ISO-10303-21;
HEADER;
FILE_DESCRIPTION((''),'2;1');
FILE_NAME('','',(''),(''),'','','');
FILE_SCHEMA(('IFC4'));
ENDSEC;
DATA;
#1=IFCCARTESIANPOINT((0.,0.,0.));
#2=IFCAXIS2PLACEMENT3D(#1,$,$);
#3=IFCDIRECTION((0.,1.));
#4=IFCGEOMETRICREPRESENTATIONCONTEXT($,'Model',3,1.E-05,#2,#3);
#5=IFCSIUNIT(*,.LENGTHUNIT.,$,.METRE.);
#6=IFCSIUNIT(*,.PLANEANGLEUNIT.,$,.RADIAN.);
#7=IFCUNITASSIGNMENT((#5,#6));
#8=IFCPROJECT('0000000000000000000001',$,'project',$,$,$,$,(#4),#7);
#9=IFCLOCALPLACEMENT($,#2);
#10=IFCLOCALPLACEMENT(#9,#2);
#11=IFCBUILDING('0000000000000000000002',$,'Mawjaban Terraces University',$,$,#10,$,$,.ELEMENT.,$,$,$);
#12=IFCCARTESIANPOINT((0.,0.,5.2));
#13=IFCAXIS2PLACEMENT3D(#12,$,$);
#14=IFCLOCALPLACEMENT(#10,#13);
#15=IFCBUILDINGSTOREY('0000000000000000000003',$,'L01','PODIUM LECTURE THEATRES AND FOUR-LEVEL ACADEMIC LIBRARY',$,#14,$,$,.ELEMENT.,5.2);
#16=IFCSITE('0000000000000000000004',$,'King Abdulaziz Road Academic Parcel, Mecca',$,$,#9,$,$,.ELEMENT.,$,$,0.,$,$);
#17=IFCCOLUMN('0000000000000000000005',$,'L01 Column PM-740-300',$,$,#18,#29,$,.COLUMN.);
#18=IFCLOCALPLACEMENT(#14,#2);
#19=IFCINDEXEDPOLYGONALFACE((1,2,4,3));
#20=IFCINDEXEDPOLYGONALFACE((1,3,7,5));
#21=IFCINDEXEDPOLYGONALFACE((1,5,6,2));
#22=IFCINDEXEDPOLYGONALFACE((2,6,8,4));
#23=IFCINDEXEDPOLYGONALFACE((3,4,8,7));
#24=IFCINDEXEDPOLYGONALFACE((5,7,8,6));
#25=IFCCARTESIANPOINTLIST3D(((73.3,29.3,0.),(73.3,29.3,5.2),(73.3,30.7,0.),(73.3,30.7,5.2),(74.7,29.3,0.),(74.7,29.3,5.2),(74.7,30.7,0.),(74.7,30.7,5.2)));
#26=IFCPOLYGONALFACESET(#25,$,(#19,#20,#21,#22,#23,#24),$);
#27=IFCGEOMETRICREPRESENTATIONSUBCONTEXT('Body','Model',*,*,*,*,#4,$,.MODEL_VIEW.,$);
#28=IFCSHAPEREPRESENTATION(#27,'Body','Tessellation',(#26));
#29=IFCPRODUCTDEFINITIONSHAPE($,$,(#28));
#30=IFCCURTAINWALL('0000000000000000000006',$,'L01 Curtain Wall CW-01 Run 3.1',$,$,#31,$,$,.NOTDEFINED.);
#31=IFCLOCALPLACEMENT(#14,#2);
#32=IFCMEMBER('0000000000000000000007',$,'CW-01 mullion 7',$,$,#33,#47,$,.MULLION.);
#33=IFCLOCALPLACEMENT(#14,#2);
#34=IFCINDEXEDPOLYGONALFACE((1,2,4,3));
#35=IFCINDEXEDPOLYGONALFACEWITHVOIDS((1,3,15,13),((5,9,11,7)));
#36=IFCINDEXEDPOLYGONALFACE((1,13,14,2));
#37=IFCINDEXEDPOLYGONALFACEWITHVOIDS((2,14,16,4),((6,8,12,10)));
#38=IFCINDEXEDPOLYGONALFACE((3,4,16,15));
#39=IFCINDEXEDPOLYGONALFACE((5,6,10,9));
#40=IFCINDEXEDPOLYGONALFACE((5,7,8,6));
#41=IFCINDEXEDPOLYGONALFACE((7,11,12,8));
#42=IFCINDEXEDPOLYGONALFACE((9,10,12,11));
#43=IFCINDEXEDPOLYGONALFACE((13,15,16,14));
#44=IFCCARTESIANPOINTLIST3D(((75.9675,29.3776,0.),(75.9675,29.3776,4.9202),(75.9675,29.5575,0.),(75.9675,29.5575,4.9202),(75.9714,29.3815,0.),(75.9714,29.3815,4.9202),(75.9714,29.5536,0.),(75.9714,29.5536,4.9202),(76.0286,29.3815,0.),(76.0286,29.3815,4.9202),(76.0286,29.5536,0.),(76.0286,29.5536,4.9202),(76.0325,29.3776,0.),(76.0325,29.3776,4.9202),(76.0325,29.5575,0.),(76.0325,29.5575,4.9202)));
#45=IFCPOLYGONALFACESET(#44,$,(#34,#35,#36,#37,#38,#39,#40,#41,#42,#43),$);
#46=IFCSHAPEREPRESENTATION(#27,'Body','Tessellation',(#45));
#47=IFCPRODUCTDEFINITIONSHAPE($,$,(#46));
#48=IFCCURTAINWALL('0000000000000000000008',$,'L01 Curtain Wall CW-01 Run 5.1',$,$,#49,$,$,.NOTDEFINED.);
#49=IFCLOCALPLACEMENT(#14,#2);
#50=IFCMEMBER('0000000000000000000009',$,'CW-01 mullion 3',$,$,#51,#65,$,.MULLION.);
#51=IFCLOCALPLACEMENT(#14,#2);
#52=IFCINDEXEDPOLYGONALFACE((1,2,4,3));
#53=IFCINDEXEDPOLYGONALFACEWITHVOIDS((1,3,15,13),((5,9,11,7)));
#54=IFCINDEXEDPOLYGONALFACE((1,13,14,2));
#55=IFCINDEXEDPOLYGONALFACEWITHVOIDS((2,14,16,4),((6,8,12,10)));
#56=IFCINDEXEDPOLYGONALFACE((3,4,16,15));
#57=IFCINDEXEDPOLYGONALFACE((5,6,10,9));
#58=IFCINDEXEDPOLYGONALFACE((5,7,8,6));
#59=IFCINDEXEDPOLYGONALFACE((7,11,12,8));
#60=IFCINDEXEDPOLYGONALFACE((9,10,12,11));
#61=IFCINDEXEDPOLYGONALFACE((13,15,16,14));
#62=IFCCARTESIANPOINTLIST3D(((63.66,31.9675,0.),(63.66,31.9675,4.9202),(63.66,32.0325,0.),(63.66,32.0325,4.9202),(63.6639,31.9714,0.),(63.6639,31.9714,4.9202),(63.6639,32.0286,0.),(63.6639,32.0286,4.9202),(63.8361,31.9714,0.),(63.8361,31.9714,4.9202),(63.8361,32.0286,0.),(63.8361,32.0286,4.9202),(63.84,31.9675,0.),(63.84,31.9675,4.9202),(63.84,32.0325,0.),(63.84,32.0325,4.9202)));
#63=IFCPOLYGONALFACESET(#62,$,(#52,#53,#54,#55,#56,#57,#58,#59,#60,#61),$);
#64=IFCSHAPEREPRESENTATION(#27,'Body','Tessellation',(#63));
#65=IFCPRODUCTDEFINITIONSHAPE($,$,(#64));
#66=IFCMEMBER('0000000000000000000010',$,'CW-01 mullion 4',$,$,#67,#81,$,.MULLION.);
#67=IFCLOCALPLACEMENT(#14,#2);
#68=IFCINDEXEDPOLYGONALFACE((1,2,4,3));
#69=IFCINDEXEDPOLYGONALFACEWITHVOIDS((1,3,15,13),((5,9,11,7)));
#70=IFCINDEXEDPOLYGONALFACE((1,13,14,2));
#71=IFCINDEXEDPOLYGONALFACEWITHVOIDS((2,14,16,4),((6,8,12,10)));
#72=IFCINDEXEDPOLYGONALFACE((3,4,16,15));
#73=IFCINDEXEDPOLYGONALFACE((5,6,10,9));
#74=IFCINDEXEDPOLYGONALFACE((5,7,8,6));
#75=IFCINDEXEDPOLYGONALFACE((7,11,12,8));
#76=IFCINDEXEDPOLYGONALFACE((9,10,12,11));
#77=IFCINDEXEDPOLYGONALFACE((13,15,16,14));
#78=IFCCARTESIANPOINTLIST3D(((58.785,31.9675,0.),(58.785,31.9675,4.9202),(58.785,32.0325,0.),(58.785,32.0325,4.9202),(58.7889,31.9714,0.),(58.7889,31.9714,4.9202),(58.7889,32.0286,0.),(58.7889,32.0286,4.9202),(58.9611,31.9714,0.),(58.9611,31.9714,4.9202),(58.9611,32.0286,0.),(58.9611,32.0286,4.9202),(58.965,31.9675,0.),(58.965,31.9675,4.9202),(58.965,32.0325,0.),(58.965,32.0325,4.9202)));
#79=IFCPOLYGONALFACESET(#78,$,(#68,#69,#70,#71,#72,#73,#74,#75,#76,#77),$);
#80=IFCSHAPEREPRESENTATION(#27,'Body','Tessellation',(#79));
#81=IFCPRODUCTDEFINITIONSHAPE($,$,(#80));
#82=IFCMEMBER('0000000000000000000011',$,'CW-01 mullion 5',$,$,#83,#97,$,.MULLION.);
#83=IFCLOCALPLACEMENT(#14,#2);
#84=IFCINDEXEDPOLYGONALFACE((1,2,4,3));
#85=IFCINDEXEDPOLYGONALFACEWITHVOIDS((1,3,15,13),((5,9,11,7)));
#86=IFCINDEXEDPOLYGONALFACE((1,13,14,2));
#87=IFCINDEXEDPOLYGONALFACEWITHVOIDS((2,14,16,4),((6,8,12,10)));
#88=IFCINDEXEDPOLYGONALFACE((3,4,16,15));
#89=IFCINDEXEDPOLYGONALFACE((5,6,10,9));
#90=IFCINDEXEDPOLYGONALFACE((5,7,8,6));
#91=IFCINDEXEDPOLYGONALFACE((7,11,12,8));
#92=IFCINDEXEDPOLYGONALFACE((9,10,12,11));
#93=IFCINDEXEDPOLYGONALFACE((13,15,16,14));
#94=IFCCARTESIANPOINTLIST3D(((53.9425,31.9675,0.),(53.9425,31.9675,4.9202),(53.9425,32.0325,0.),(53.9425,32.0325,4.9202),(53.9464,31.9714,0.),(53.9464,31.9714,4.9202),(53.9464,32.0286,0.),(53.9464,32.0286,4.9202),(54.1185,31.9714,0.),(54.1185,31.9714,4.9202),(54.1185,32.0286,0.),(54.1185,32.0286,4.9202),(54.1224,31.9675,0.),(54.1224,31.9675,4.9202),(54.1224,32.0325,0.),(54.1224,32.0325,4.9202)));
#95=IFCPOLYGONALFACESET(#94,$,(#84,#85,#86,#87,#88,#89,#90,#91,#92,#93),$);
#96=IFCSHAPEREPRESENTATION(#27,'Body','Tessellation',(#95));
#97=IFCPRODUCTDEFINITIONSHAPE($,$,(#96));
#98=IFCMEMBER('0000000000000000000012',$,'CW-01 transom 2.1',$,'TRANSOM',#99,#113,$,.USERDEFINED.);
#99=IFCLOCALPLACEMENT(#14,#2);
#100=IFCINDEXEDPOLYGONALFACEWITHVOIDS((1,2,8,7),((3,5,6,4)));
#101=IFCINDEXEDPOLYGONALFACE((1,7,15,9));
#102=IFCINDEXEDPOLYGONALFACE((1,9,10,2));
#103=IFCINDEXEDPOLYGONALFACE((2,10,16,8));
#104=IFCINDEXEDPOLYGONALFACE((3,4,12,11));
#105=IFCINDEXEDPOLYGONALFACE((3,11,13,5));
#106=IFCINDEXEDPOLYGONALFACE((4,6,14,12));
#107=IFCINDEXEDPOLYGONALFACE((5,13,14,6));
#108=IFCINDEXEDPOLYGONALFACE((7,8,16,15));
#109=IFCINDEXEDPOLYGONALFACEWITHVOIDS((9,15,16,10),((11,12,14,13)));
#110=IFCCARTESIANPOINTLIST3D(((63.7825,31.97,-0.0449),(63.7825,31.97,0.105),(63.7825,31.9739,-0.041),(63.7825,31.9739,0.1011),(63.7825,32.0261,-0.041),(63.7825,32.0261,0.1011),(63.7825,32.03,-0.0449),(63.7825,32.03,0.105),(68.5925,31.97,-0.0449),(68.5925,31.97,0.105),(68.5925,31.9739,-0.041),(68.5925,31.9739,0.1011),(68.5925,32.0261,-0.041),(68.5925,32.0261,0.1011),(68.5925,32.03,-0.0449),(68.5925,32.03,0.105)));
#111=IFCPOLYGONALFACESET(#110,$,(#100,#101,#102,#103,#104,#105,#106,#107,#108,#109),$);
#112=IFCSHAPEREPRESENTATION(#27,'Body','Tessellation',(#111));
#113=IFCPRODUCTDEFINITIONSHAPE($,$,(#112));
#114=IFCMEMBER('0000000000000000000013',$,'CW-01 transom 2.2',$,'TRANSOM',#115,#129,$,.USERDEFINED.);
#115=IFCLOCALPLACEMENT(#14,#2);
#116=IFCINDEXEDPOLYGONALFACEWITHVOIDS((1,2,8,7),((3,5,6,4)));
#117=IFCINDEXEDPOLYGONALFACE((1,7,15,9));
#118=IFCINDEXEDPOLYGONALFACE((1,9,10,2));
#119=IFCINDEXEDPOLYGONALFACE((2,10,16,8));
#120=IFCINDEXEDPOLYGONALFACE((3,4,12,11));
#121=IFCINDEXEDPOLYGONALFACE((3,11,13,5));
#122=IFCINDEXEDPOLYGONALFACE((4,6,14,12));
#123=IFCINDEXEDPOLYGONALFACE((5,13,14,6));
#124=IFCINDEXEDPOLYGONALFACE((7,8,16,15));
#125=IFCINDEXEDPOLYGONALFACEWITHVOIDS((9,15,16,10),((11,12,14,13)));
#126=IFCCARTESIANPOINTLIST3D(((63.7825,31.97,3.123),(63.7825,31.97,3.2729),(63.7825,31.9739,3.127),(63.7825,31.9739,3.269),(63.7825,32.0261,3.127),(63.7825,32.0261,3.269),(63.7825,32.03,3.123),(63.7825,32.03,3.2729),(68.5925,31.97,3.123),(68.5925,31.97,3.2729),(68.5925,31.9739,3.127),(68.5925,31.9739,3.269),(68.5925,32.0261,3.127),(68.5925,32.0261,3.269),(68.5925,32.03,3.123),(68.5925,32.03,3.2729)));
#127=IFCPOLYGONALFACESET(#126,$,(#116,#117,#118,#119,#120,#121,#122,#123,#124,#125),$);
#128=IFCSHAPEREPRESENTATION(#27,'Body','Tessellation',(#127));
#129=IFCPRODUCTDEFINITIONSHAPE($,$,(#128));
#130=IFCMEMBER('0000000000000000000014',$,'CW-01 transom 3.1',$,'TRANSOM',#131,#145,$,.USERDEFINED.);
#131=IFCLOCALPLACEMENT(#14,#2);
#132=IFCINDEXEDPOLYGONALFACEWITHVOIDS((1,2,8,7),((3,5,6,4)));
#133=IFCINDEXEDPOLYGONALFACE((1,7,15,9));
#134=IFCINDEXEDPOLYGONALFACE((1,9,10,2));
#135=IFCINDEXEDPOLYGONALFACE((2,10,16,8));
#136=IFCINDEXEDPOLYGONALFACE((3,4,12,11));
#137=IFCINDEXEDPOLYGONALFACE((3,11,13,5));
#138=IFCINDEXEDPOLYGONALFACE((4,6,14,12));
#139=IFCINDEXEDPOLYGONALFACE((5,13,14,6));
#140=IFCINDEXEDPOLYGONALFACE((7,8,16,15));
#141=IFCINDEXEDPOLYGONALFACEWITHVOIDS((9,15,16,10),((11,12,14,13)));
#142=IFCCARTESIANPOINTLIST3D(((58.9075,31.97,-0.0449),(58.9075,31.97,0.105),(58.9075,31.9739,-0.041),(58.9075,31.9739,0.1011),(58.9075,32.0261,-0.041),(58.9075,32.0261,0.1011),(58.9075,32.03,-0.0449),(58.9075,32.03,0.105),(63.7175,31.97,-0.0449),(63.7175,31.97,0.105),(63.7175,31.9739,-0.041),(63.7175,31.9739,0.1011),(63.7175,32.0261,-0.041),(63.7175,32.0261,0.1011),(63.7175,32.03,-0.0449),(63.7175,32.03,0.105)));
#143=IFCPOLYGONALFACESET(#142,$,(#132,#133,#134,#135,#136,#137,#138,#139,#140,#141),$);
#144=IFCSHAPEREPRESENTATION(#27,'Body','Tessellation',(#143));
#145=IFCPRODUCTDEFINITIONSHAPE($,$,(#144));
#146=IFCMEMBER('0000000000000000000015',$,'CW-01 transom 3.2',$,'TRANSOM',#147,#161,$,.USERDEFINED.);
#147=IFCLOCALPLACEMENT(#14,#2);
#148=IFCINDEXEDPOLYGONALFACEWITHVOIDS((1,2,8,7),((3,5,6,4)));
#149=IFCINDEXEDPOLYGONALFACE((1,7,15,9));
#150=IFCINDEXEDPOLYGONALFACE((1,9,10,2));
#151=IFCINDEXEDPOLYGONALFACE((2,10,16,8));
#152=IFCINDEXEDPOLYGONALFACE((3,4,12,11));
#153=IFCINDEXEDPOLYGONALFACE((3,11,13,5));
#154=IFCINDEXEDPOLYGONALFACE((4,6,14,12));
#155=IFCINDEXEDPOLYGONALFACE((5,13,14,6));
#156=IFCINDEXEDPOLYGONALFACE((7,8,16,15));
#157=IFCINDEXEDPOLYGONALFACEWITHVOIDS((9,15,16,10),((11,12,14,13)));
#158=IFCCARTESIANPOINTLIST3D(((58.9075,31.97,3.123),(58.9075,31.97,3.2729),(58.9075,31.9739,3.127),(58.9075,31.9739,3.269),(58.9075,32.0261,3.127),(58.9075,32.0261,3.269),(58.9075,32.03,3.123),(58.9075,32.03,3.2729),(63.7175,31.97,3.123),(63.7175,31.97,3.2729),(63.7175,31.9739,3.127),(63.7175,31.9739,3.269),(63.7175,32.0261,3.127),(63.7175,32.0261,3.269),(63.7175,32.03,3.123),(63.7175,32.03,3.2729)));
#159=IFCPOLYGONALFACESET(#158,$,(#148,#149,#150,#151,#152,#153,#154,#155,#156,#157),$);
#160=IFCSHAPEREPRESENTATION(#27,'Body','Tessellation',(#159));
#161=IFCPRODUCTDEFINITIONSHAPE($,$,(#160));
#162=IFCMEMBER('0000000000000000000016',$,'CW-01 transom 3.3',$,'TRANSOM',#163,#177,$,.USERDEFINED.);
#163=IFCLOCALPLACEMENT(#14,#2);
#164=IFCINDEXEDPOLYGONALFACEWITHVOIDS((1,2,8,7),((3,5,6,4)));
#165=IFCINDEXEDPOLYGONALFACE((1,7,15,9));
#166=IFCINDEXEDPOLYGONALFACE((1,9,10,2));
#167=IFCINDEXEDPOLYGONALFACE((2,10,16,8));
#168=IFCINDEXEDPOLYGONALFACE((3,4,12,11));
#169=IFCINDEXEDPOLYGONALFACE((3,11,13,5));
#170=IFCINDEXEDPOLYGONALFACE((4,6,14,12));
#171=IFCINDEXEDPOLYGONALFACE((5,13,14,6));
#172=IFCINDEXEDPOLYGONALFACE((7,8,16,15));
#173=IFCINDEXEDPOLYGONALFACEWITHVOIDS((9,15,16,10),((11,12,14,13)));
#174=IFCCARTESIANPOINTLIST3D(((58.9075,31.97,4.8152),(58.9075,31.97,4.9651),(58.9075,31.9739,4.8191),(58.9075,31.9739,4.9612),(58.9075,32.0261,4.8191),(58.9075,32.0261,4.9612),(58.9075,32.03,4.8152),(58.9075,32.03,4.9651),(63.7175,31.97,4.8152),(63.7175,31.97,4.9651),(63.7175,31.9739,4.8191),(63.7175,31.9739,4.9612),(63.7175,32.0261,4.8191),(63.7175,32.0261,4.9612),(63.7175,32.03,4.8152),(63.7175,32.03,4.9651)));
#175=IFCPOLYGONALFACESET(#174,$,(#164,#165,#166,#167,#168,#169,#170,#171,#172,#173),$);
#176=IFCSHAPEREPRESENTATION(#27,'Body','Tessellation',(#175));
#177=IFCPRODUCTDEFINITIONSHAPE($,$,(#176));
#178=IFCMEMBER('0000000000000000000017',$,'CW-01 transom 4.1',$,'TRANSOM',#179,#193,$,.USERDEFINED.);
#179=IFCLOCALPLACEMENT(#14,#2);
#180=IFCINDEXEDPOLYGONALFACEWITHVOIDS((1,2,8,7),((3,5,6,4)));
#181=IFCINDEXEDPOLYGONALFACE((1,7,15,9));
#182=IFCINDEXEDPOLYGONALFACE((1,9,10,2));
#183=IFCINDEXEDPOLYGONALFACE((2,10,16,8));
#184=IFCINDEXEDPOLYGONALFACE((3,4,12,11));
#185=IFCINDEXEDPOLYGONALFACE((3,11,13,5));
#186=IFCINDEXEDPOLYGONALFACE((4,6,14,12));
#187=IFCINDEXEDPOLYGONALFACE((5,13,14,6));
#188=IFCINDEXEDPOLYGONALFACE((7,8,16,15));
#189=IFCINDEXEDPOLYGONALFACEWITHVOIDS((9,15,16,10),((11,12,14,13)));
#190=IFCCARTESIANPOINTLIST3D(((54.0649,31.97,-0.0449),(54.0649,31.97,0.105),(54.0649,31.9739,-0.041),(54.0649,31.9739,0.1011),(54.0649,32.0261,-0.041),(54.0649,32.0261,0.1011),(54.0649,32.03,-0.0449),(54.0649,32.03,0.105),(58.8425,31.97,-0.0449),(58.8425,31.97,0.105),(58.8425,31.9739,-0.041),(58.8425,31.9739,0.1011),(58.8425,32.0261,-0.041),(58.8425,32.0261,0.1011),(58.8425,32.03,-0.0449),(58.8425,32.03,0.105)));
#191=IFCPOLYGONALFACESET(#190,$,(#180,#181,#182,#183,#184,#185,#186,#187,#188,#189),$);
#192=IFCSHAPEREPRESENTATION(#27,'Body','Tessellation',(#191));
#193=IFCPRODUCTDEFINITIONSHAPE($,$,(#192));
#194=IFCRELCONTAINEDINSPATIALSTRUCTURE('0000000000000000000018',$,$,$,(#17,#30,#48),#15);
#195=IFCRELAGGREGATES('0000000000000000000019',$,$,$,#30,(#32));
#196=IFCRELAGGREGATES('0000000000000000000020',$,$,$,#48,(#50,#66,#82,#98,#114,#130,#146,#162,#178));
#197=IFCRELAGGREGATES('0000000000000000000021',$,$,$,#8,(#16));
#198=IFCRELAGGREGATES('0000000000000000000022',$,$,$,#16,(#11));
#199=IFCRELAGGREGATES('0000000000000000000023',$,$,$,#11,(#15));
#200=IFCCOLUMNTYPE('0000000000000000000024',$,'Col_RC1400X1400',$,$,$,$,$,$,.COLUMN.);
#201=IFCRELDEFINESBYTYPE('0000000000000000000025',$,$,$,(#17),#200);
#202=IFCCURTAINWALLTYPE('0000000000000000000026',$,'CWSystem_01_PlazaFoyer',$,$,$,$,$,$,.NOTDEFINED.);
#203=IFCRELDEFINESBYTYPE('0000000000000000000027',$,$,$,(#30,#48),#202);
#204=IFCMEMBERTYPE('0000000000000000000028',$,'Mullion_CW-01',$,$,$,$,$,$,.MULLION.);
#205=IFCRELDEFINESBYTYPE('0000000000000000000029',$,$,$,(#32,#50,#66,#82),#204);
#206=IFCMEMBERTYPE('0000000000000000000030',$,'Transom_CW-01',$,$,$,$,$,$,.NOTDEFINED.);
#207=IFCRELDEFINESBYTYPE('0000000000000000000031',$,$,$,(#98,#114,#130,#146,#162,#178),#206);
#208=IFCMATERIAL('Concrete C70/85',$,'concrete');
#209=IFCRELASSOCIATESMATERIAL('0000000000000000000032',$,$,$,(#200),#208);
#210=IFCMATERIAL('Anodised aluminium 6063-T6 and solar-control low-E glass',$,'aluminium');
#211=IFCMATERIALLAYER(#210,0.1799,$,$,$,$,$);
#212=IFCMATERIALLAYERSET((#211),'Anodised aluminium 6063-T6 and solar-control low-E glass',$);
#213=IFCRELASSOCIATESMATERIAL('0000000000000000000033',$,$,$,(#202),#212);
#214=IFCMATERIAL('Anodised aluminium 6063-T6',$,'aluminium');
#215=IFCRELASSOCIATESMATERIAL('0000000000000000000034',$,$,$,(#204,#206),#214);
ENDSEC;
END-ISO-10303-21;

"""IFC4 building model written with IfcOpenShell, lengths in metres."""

from ifc_helpers import new_model, si_unit, direction, frame, origin, origin_2d, place, context, subcontext, project, spatial, rectangle, hollow_rectangle, extrude, material, layer, layer_set, material_profile, profile_set, type_object, element, aggregate, save


model = new_model("IFC4")

# Units and contexts
model_context = context("Model", 3, precision=1e-05, world=origin(), true_north=direction((0.0, 1.0)))
body_context = subcontext(model_context, "Body", "Model", "MODEL_VIEW")
ifc_project = project(units=[si_unit("LENGTHUNIT", "METRE"), si_unit("PLANEANGLEUNIT", "RADIAN")], contexts=[model_context])

# Site, building, storey
site_placement = place(None, origin())
site = spatial("IfcSite", under=ifc_project, at=site_placement, Name="King Abdulaziz Road Academic Parcel, Mecca", CompositionType="ELEMENT", RefElevation=0.0)
building_placement = place(site_placement, origin())
building = spatial("IfcBuilding", under=site, at=building_placement, Name="Mawjaban Terraces University", CompositionType="ELEMENT")
storey_placement = place(building_placement, frame((0.0, 0.0, 5.2)))
storey = spatial("IfcBuildingStorey", under=building, at=storey_placement, Name="L01", Description="PODIUM LECTURE THEATRES AND FOUR-LEVEL ACADEMIC LIBRARY", CompositionType="ELEMENT", Elevation=5.2)

# Column
ifc_material_1 = material(Name="Concrete C70/85", Category="concrete")
ifc_material_profile_1 = material_profile(ifc_material_1, rectangle(XDim=1.3999, YDim=1.3999, at=origin_2d()), Name="RC1400X1400")
ifc_profile_set_1 = profile_set([ifc_material_profile_1], Name="Concrete C70/85")
column_type = type_object("IfcColumnType", Name="Col_RC1400X1400", PredefinedType="COLUMN", material=ifc_profile_set_1)
column_placement = place(storey_placement, frame((74.0, 30.0, 0.0), z_axis=(0.0, 0.0, 1.0), x_axis=(1.0, 0.0, 0.0)))
element("IfcColumn", 1, at=column_placement, inside=storey, type_object=column_type, Name="L01 Column PM-740-300", PredefinedType="COLUMN", context=body_context, shape_type="SweptSolid", body=[
    extrude(rectangle(XDim=1.3999, YDim=1.3999, at=origin_2d()), origin(), (0.0, 0.0, 1.0), 5.2),
])

# Curtain wall, member
ifc_material_2 = material(Name="Anodised aluminium 6063-T6 and solar-control low-E glass", Category="aluminium")
ifc_layer_1 = layer(ifc_material_2, 0.1799)
ifc_layer_set_1 = layer_set([ifc_layer_1], Name="Anodised aluminium 6063-T6 and solar-control low-E glass")
curtain_wall_type = type_object("IfcCurtainWallType", Name="CWSystem_01_PlazaFoyer", PredefinedType="NOTDEFINED", material=ifc_layer_set_1)
curtain_wall_1_placement = place(storey_placement, origin())
curtain_wall_1 = element("IfcCurtainWall", 2, at=curtain_wall_1_placement, inside=storey, type_object=curtain_wall_type, Name="L01 Curtain Wall CW-01 Run 3.1", PredefinedType="NOTDEFINED")
ifc_material_3 = material(Name="Anodised aluminium 6063-T6", Category="aluminium")
ifc_material_profile_2 = material_profile(ifc_material_3, hollow_rectangle(XDim=0.0649, YDim=0.1799, WallThickness=0.0039, at=origin_2d()), Name="ALU180X65X4")
ifc_profile_set_2 = profile_set([ifc_material_profile_2], Name="Anodised aluminium 6063-T6")
member_type_1 = type_object("IfcMemberType", Name="Mullion_CW-01", PredefinedType="MULLION", material=ifc_profile_set_2)
member_1_placement = place(storey_placement, frame((76.0, 29.4675, 0.0), z_axis=(0.0, 0.0, 1.0), x_axis=(-1.0, 0.0, 0.0)))
member_1 = element("IfcMember", 3, at=member_1_placement, type_object=member_type_1, Name="CW-01 mullion 7", PredefinedType="MULLION", context=body_context, shape_type="SweptSolid", body=[
    extrude(hollow_rectangle(XDim=0.0649, YDim=0.1799, WallThickness=0.0039, at=origin_2d()), origin(), (0.0, 0.0, 1.0), 4.9202),
])
aggregate(curtain_wall_1, [member_1])

# Curtain wall, members
curtain_wall_2_placement = place(storey_placement, origin())
curtain_wall_2 = element("IfcCurtainWall", 4, at=curtain_wall_2_placement, inside=storey, type_object=curtain_wall_type, Name="L01 Curtain Wall CW-01 Run 5.1", PredefinedType="NOTDEFINED")
member_2_placement = place(storey_placement, frame((63.75, 32.0, 0.0), z_axis=(0.0, 0.0, 1.0), x_axis=(0.0, -1.0, 0.0)))
member_2 = element("IfcMember", 5, at=member_2_placement, type_object=member_type_1, Name="CW-01 mullion 3", PredefinedType="MULLION", context=body_context, shape_type="SweptSolid", body=[
    extrude(hollow_rectangle(XDim=0.0649, YDim=0.1799, WallThickness=0.0039, at=origin_2d()), origin(), (0.0, 0.0, 1.0), 4.9202),
])
member_3_placement = place(storey_placement, frame((58.875, 32.0, 0.0), z_axis=(0.0, 0.0, 1.0), x_axis=(0.0, -1.0, 0.0)))
member_3 = element("IfcMember", 6, at=member_3_placement, type_object=member_type_1, Name="CW-01 mullion 4", PredefinedType="MULLION", context=body_context, shape_type="SweptSolid", body=[
    extrude(hollow_rectangle(XDim=0.0649, YDim=0.1799, WallThickness=0.0039, at=origin_2d()), origin(), (0.0, 0.0, 1.0), 4.9202),
])
member_4_placement = place(storey_placement, frame((54.0325, 32.0, 0.0), z_axis=(0.0, 0.0, 1.0), x_axis=(0.0, -1.0, 0.0)))
member_4 = element("IfcMember", 7, at=member_4_placement, type_object=member_type_1, Name="CW-01 mullion 5", PredefinedType="MULLION", context=body_context, shape_type="SweptSolid", body=[
    extrude(hollow_rectangle(XDim=0.0649, YDim=0.1799, WallThickness=0.0039, at=origin_2d()), origin(), (0.0, 0.0, 1.0), 4.9202),
])
ifc_material_profile_3 = material_profile(ifc_material_3, hollow_rectangle(XDim=0.0601, YDim=0.1499, WallThickness=0.0039, at=origin_2d()), Name="ALU150X60X4")
ifc_profile_set_3 = profile_set([ifc_material_profile_3], Name="Anodised aluminium 6063-T6")
member_type_2 = type_object("IfcMemberType", Name="Transom_CW-01", PredefinedType="NOTDEFINED", material=ifc_profile_set_3)
member_5_placement = place(storey_placement, frame((68.5925, 32.0, 0.03), z_axis=(-1.0, 0.0, 0.0), x_axis=(0.0, -1.0, 0.0)))
member_5 = element("IfcMember", 8, at=member_5_placement, type_object=member_type_2, Name="CW-01 transom 2.1", ObjectType="TRANSOM", PredefinedType="USERDEFINED", context=body_context, shape_type="SweptSolid", body=[
    extrude(hollow_rectangle(XDim=0.0601, YDim=0.1499, WallThickness=0.0039, at=origin_2d()), origin(), (0.0, 0.0, 1.0), 4.8101),
])
member_6_placement = place(storey_placement, frame((68.5925, 32.0, 3.198), z_axis=(-1.0, 0.0, 0.0), x_axis=(0.0, -1.0, 0.0)))
member_6 = element("IfcMember", 9, at=member_6_placement, type_object=member_type_2, Name="CW-01 transom 2.2", ObjectType="TRANSOM", PredefinedType="USERDEFINED", context=body_context, shape_type="SweptSolid", body=[
    extrude(hollow_rectangle(XDim=0.0601, YDim=0.1499, WallThickness=0.0039, at=origin_2d()), origin(), (0.0, 0.0, 1.0), 4.8101),
])
member_7_placement = place(storey_placement, frame((63.7175, 32.0, 0.03), z_axis=(-1.0, 0.0, 0.0), x_axis=(0.0, -1.0, 0.0)))
member_7 = element("IfcMember", 10, at=member_7_placement, type_object=member_type_2, Name="CW-01 transom 3.1", ObjectType="TRANSOM", PredefinedType="USERDEFINED", context=body_context, shape_type="SweptSolid", body=[
    extrude(hollow_rectangle(XDim=0.0601, YDim=0.1499, WallThickness=0.0039, at=origin_2d()), origin(), (0.0, 0.0, 1.0), 4.8101),
])
member_8_placement = place(storey_placement, frame((63.7175, 32.0, 3.198), z_axis=(-1.0, 0.0, 0.0), x_axis=(0.0, -1.0, 0.0)))
member_8 = element("IfcMember", 11, at=member_8_placement, type_object=member_type_2, Name="CW-01 transom 3.2", ObjectType="TRANSOM", PredefinedType="USERDEFINED", context=body_context, shape_type="SweptSolid", body=[
    extrude(hollow_rectangle(XDim=0.0601, YDim=0.1499, WallThickness=0.0039, at=origin_2d()), origin(), (0.0, 0.0, 1.0), 4.8101),
])
member_9_placement = place(storey_placement, frame((63.7175, 32.0, 4.8901), z_axis=(-1.0, 0.0, 0.0), x_axis=(0.0, -1.0, 0.0)))
member_9 = element("IfcMember", 12, at=member_9_placement, type_object=member_type_2, Name="CW-01 transom 3.3", ObjectType="TRANSOM", PredefinedType="USERDEFINED", context=body_context, shape_type="SweptSolid", body=[
    extrude(hollow_rectangle(XDim=0.0601, YDim=0.1499, WallThickness=0.0039, at=origin_2d()), origin(), (0.0, 0.0, 1.0), 4.8101),
])
member_10_placement = place(storey_placement, frame((58.8425, 32.0, 0.03), z_axis=(-1.0, 0.0, 0.0), x_axis=(0.0, -1.0, 0.0)))
member_10 = element("IfcMember", 13, at=member_10_placement, type_object=member_type_2, Name="CW-01 transom 4.1", ObjectType="TRANSOM", PredefinedType="USERDEFINED", context=body_context, shape_type="SweptSolid", body=[
    extrude(hollow_rectangle(XDim=0.0601, YDim=0.1499, WallThickness=0.0039, at=origin_2d()), origin(), (0.0, 0.0, 1.0), 4.7776),
])
aggregate(curtain_wall_2, [member_2, member_3, member_4, member_5, member_6, member_7, member_8, member_9, member_10])

save(model, "model.ifc")
